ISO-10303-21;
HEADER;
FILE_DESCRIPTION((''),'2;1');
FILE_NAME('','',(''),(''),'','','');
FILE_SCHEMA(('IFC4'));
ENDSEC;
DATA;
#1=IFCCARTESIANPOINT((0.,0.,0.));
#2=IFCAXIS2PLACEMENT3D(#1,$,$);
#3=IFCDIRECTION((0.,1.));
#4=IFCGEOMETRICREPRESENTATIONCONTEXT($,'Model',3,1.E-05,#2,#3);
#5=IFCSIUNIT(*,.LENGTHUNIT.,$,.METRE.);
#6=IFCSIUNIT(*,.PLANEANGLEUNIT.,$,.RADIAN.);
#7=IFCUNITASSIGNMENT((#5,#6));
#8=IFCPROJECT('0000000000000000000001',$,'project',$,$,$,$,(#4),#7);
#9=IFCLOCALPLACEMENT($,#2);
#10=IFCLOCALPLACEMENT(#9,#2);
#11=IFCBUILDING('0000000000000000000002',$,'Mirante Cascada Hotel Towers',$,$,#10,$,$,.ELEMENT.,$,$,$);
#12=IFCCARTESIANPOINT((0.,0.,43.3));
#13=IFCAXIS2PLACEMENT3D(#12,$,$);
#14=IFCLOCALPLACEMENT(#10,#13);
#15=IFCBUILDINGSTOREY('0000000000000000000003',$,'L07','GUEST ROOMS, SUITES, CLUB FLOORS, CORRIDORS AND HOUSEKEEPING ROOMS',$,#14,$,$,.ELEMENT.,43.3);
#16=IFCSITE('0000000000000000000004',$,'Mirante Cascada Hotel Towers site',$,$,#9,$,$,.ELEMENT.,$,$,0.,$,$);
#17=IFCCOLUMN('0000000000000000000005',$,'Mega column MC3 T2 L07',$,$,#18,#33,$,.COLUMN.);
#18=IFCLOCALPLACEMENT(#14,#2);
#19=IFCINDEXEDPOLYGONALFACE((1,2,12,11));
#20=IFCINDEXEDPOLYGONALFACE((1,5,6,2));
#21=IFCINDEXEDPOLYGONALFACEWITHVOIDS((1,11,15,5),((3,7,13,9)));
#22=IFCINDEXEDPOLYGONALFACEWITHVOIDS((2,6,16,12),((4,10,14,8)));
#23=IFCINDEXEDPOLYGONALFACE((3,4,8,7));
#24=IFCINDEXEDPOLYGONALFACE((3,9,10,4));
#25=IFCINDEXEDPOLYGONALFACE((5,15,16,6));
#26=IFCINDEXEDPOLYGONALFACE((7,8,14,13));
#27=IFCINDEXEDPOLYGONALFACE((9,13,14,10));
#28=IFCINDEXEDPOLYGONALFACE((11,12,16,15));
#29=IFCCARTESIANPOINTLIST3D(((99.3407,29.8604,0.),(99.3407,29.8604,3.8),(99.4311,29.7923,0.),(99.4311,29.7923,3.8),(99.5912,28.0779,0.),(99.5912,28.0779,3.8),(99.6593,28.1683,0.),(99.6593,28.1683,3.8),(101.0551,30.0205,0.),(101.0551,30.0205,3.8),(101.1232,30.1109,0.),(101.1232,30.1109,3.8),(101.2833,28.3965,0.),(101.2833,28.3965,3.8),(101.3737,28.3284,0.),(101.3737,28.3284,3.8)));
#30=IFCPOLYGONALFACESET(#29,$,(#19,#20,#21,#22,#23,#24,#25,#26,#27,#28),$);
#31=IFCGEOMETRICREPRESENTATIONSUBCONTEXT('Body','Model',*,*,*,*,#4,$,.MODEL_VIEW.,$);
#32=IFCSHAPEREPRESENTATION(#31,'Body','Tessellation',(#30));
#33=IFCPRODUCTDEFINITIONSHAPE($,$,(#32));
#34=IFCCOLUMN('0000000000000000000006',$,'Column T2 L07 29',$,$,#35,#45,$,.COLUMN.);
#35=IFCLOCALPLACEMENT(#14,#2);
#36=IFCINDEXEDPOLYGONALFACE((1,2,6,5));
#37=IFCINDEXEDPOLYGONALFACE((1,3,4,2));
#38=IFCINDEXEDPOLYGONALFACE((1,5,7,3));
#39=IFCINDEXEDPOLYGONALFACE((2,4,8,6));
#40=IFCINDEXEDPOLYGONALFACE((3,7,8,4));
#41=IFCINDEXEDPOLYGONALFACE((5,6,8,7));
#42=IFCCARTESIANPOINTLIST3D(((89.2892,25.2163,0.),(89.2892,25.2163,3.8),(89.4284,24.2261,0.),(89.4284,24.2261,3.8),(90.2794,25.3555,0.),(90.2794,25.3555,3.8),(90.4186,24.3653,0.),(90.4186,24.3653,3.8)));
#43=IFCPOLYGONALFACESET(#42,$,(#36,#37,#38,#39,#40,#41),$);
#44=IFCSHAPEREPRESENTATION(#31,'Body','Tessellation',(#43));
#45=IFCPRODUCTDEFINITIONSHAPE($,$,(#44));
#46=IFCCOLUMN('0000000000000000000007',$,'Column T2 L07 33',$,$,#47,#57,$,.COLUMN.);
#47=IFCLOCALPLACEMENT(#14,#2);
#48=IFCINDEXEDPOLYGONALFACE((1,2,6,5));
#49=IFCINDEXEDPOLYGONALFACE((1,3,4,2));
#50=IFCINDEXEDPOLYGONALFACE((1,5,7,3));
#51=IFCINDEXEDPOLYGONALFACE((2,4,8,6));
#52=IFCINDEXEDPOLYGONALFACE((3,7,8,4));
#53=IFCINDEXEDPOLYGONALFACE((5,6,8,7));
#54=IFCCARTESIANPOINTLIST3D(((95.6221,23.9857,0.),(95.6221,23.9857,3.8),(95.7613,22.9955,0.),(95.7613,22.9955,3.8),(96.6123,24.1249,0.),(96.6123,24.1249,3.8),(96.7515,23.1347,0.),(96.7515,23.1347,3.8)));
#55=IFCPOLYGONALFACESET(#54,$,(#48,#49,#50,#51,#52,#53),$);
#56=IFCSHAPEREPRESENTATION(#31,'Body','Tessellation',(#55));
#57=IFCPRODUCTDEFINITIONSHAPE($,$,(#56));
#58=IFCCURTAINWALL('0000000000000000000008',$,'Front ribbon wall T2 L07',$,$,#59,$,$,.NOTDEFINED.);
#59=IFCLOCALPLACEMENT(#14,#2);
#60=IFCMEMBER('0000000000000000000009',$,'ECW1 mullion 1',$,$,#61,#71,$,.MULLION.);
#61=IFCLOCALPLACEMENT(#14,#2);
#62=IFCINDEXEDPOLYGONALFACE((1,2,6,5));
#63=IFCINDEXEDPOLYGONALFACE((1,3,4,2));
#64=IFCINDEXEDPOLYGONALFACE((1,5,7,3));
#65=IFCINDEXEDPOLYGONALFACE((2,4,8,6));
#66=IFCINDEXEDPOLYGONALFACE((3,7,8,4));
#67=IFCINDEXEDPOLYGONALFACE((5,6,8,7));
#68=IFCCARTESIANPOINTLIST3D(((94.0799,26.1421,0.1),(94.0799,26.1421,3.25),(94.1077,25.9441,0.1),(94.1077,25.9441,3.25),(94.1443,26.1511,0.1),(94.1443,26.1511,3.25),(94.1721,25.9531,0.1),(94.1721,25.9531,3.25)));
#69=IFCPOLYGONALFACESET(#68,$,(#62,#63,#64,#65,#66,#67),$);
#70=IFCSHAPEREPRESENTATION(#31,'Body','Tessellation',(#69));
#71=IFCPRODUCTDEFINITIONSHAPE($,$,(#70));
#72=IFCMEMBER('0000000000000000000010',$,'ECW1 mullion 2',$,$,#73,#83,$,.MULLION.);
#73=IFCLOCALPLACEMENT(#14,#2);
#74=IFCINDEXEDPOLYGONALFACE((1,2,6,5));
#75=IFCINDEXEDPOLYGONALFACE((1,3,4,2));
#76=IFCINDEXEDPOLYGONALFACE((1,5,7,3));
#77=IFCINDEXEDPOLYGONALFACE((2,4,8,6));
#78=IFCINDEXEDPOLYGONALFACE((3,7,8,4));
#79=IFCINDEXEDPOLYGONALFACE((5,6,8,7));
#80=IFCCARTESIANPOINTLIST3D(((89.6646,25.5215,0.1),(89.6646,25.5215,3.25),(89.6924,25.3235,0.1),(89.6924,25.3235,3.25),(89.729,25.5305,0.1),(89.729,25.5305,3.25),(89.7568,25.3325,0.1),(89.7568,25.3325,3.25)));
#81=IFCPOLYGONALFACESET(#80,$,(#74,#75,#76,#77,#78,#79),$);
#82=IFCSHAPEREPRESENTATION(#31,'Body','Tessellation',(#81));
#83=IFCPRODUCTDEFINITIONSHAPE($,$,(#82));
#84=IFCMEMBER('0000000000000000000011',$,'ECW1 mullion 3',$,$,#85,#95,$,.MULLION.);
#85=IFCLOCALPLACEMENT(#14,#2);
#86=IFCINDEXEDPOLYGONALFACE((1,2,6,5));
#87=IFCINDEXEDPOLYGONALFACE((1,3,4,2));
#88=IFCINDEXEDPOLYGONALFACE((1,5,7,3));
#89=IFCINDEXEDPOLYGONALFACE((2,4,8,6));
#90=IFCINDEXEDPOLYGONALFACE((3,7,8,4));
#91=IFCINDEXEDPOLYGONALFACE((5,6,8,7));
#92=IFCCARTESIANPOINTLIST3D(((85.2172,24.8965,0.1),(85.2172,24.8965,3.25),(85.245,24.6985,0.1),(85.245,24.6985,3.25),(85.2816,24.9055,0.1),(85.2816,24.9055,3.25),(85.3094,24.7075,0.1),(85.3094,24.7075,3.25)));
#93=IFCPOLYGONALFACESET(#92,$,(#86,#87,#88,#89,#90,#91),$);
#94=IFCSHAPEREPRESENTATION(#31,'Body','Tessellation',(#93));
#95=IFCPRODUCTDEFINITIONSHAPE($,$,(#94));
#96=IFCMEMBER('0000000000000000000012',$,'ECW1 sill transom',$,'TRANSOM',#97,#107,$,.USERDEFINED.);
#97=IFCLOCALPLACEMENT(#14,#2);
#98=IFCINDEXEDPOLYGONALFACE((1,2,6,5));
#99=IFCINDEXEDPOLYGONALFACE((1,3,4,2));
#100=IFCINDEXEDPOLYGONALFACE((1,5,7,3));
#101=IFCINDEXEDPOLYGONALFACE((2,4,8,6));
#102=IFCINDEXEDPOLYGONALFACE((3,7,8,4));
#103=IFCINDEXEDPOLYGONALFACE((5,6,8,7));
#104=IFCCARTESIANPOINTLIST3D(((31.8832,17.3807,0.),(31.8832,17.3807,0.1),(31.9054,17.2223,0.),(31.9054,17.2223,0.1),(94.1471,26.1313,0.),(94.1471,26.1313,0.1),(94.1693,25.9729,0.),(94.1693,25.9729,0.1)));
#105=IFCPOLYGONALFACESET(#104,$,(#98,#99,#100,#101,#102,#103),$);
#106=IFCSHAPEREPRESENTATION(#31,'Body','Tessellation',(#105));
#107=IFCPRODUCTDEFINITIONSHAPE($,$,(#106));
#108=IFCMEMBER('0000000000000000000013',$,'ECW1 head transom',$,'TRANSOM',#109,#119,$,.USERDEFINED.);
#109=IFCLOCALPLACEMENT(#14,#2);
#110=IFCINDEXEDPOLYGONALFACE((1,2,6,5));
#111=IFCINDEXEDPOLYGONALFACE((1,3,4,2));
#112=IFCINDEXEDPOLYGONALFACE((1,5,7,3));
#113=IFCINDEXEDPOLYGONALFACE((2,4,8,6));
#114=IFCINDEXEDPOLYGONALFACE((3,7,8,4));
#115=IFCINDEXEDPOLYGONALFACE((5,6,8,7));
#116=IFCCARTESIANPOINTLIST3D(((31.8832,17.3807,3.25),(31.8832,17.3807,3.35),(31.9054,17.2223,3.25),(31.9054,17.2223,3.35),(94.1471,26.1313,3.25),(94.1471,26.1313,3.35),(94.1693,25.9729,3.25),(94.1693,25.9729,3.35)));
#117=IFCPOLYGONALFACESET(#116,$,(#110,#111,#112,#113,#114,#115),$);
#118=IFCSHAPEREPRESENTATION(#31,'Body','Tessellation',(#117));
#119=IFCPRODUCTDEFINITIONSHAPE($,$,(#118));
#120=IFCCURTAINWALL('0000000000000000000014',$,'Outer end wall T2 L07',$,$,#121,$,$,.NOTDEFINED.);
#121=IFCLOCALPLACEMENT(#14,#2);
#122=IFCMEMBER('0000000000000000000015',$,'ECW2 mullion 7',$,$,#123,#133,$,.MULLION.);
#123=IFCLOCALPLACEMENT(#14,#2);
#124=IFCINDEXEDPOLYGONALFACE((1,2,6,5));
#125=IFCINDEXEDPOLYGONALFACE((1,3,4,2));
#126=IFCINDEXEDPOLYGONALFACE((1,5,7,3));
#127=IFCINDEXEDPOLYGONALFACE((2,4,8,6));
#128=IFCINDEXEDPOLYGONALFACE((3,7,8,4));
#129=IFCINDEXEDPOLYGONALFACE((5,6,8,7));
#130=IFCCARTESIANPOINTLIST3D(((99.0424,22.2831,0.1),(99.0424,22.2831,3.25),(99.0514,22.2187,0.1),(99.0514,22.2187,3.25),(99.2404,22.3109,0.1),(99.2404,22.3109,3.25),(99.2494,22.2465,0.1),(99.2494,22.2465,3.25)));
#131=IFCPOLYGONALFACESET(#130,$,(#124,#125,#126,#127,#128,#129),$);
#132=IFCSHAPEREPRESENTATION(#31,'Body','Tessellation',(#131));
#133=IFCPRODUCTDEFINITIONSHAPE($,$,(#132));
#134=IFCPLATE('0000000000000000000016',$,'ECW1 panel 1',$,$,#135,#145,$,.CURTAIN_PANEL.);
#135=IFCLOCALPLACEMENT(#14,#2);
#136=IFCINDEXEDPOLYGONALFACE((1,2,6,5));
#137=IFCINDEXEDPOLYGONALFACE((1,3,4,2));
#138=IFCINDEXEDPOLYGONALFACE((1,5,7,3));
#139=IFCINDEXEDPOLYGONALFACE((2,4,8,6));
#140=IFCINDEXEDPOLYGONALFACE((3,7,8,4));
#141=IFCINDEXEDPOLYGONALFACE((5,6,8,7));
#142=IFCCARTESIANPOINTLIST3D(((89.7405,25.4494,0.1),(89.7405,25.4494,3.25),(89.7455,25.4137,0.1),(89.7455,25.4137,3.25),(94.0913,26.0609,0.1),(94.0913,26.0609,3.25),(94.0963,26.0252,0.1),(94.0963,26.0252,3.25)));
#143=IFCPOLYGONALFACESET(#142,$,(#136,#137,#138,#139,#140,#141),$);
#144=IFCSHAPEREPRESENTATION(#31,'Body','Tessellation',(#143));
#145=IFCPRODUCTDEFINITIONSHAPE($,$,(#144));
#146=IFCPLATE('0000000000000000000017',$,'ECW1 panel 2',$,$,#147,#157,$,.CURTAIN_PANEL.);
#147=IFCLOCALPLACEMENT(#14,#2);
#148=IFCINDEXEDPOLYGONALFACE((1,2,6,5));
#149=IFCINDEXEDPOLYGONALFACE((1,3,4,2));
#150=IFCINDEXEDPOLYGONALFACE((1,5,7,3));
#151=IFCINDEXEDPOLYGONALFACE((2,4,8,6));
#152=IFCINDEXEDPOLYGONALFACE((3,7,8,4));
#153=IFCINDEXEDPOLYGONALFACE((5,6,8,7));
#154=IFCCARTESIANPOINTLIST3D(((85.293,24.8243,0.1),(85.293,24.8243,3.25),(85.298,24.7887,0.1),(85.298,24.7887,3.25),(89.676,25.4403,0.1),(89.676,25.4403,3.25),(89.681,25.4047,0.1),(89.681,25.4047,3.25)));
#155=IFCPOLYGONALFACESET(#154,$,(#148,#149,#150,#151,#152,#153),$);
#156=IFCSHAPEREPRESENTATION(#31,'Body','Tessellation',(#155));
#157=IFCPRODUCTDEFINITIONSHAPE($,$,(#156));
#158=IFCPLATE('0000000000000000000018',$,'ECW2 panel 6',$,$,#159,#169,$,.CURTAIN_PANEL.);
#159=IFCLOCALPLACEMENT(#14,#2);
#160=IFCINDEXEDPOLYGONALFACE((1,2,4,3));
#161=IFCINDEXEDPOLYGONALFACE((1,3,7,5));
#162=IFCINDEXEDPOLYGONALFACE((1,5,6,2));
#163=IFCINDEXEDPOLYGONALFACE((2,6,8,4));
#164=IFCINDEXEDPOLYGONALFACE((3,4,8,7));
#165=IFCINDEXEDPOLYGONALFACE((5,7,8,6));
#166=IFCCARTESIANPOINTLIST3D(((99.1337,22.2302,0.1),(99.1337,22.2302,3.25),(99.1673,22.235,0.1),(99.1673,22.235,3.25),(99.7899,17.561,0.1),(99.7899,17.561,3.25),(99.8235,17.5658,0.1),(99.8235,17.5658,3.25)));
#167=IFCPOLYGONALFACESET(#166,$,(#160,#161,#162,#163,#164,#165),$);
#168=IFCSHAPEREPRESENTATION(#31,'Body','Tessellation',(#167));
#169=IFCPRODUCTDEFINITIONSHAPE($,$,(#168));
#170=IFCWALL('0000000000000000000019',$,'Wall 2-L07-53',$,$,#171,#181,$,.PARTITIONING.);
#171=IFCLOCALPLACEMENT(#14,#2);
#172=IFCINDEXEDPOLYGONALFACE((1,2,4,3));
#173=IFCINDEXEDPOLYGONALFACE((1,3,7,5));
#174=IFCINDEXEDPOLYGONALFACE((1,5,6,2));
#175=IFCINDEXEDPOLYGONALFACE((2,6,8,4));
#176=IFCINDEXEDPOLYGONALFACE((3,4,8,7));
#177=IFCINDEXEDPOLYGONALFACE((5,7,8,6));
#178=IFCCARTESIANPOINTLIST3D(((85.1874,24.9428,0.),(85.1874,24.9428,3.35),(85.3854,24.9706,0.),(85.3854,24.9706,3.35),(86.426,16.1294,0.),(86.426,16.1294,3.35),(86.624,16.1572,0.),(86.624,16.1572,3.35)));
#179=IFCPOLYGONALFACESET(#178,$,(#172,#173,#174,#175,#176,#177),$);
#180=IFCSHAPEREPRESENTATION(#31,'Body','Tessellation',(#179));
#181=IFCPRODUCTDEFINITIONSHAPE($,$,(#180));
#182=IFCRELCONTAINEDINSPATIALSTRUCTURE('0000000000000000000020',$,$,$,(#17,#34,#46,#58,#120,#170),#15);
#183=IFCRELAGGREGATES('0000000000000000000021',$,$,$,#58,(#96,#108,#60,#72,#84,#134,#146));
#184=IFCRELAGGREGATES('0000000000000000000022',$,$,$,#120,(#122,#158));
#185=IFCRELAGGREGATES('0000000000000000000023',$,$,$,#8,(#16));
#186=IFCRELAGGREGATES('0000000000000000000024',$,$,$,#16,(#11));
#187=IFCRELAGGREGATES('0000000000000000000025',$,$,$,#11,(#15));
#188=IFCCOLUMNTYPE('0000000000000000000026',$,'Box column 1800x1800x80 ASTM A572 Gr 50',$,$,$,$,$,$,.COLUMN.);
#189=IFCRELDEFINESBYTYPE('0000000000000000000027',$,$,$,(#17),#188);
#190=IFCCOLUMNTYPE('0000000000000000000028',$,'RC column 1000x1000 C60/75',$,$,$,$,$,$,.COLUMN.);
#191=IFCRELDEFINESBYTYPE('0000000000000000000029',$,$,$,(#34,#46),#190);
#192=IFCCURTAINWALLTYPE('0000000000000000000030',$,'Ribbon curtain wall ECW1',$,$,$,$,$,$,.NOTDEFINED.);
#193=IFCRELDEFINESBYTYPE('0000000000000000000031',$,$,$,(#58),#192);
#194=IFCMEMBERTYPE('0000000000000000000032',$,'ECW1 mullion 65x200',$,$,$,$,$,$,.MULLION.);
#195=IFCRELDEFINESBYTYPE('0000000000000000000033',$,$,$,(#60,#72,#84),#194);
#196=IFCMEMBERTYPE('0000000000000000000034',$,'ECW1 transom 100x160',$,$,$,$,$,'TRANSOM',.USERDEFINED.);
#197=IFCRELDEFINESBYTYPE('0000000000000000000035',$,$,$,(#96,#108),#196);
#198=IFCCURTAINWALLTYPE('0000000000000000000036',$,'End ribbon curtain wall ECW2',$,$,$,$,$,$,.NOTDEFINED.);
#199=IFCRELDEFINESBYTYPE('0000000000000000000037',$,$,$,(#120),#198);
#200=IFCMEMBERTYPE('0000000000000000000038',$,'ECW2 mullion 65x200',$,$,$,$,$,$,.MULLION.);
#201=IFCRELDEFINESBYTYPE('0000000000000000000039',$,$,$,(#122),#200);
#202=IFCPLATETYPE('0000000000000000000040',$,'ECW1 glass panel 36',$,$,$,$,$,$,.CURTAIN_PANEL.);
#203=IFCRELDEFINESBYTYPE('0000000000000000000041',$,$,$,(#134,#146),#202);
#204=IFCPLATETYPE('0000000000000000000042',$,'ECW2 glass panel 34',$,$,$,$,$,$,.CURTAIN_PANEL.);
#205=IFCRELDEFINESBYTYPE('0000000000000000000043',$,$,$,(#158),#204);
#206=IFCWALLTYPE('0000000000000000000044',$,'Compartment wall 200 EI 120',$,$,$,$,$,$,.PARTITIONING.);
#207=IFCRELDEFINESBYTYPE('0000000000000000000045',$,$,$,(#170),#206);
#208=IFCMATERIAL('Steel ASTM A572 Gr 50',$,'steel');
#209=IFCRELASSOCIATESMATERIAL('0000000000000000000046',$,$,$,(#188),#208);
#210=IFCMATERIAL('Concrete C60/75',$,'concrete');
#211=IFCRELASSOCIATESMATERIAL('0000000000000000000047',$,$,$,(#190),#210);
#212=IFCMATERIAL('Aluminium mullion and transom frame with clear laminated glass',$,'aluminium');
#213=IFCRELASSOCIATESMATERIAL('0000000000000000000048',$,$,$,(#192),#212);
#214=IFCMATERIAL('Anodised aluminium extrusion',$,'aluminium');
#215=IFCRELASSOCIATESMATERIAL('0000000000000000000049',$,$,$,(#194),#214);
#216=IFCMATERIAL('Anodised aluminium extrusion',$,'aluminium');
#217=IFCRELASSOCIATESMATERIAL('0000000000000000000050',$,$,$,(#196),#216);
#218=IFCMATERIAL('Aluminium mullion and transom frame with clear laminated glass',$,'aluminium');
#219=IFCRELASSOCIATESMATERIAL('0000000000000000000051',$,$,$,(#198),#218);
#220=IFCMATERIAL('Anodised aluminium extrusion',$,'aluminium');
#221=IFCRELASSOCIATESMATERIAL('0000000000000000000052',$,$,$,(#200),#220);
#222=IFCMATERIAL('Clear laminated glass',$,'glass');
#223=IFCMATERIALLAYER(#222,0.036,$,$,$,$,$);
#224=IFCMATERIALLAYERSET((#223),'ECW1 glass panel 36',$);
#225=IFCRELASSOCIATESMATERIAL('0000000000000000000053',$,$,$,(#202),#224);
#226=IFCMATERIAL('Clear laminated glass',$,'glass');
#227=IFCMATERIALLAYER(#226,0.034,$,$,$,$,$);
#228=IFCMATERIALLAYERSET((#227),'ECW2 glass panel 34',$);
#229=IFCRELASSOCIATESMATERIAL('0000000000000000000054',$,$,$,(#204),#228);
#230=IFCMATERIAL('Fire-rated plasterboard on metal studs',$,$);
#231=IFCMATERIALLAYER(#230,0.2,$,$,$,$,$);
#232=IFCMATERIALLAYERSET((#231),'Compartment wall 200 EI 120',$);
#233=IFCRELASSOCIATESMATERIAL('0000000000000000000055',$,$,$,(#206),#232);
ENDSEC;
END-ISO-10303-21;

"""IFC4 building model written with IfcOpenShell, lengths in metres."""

from ifc_helpers import new_model, si_unit, direction, frame, frame_2d, origin, origin_2d, place, context, subcontext, project, spatial, rectangle, hollow_rectangle, extrude, material, layer, layer_set, material_profile, profile_set, type_object, element, aggregate, save


model = new_model("IFC4")

# Units and contexts
model_context = context("Model", 3, precision=1e-05, world=origin(), true_north=direction((0.0, 1.0)))
body_context = subcontext(model_context, "Body", "Model", "MODEL_VIEW")
ifc_project = project(units=[si_unit("LENGTHUNIT", "METRE"), si_unit("PLANEANGLEUNIT", "RADIAN")], contexts=[model_context])

# Site, building, storey
site_placement = place(None, origin())
site = spatial("IfcSite", under=ifc_project, at=site_placement, Name="Mirante Cascada Hotel Towers site", CompositionType="ELEMENT", RefElevation=0.0)
building_placement = place(site_placement, origin())
building = spatial("IfcBuilding", under=site, at=building_placement, Name="Mirante Cascada Hotel Towers", CompositionType="ELEMENT")
storey_placement = place(building_placement, frame((0.0, 0.0, 43.3)))
storey = spatial("IfcBuildingStorey", under=building, at=storey_placement, Name="L07", Description="GUEST ROOMS, SUITES, CLUB FLOORS, CORRIDORS AND HOUSEKEEPING ROOMS", CompositionType="ELEMENT", Elevation=43.3)

# Columns
ifc_material_1 = material(Name="Steel ASTM A572 Gr 50", Category="steel")
ifc_material_profile_1 = material_profile(ifc_material_1, hollow_rectangle(XDim=1.8, YDim=1.8, WallThickness=0.08, at=origin_2d()), Name="Box column 1800x1800x80 ASTM A572 Gr 50")
ifc_profile_set_1 = profile_set([ifc_material_profile_1], Name="Steel ASTM A572 Gr 50")
column_type_1 = type_object("IfcColumnType", Name="Box column 1800x1800x80 ASTM A572 Gr 50", PredefinedType="COLUMN", material=ifc_profile_set_1)
column_placement = place(storey_placement, frame((100.3572, 29.0944, 0.0), z_axis=(0.0, 0.0, 1.0), x_axis=(0.990268, 0.139173, 0.0)))
element("IfcColumn", 1, at=column_placement, inside=storey, type_object=column_type_1, Name="Mega column MC3 T2 L07", PredefinedType="COLUMN", context=body_context, shape_type="SweptSolid", body=[
    extrude(hollow_rectangle(XDim=1.8, YDim=1.8, WallThickness=0.08, at=origin_2d()), origin(), (0.0, 0.0, 1.0), 3.8),
])
ifc_material_2 = material(Name="Concrete C60/75", Category="concrete")
ifc_material_profile_2 = material_profile(ifc_material_2, rectangle(XDim=1.0, YDim=1.0, at=origin_2d()), Name="RC column 1000x1000 C60/75")
ifc_profile_set_2 = profile_set([ifc_material_profile_2], Name="Concrete C60/75")
column_type_2 = type_object("IfcColumnType", Name="RC column 1000x1000 C60/75", PredefinedType="COLUMN", material=ifc_profile_set_2)
for number, where, z_axis, x_axis, name in (
    (2, (89.8539, 24.7908, 0.0), (0.0, 0.0, 1.0), (0.990268, 0.139173, 0.0), "Column T2 L07 29"),
    (3, (96.1868, 23.5602, 0.0), (0.0, 0.0, 1.0), (0.990268, 0.139173, 0.0), "Column T2 L07 33"),
):
    element("IfcColumn", number, at=place(storey_placement, frame(where, z_axis=z_axis, x_axis=x_axis)), inside=storey, type_object=column_type_2, Name=name, PredefinedType="COLUMN", context=body_context, shape_type="SweptSolid", body=[
        extrude(rectangle(XDim=1.0, YDim=1.0, at=origin_2d()), origin(), (0.0, 0.0, 1.0), 3.8),
    ])

# Curtain wall, members
ifc_material_3 = material(Name="Aluminium mullion and transom frame with clear laminated glass", Category="aluminium")
curtain_wall_type_1 = type_object("IfcCurtainWallType", Name="Ribbon curtain wall ECW1", PredefinedType="NOTDEFINED", material=ifc_material_3)
curtain_wall_1_placement = place(storey_placement, origin())
curtain_wall_1 = element("IfcCurtainWall", 4, at=curtain_wall_1_placement, inside=storey, type_object=curtain_wall_type_1, Name="Front ribbon wall T2 L07", PredefinedType="NOTDEFINED")
ifc_material_4 = material(Name="Anodised aluminium extrusion", Category="aluminium")
ifc_material_profile_3 = material_profile(ifc_material_4, rectangle(XDim=0.2, YDim=0.065, at=origin_2d()), Name="ECW1 MULLION 65x200")
ifc_profile_set_3 = profile_set([ifc_material_profile_3], Name="Anodised aluminium extrusion")
member_type_1 = type_object("IfcMemberType", Name="ECW1 mullion 65x200", PredefinedType="MULLION", material=ifc_profile_set_3)
member_1_placement = place(storey_placement, frame((94.126, 26.0476, 0.1), z_axis=(0.0, 0.0, 1.0), x_axis=(0.139173, -0.990268, 0.0)))
member_1 = element("IfcMember", 5, at=member_1_placement, type_object=member_type_1, Name="ECW1 mullion 1", PredefinedType="MULLION", context=body_context, shape_type="SweptSolid", body=[
    extrude(rectangle(XDim=0.2, YDim=0.065, at=origin_2d()), origin(), (0.0, 0.0, 1.0), 3.15),
])
member_2_placement = place(storey_placement, frame((89.7107, 25.427, 0.1), z_axis=(0.0, 0.0, 1.0), x_axis=(0.139173, -0.990268, 0.0)))
member_2 = element("IfcMember", 6, at=member_2_placement, type_object=member_type_1, Name="ECW1 mullion 2", PredefinedType="MULLION", context=body_context, shape_type="SweptSolid", body=[
    extrude(rectangle(XDim=0.2, YDim=0.065, at=origin_2d()), origin(), (0.0, 0.0, 1.0), 3.15),
])
member_3_placement = place(storey_placement, frame((85.2633, 24.802, 0.1), z_axis=(0.0, 0.0, 1.0), x_axis=(0.139173, -0.990268, 0.0)))
member_3 = element("IfcMember", 7, at=member_3_placement, type_object=member_type_1, Name="ECW1 mullion 3", PredefinedType="MULLION", context=body_context, shape_type="SweptSolid", body=[
    extrude(rectangle(XDim=0.2, YDim=0.065, at=origin_2d()), origin(), (0.0, 0.0, 1.0), 3.15),
])
ifc_material_5 = material(Name="Anodised aluminium extrusion", Category="aluminium")
ifc_material_profile_4 = material_profile(ifc_material_5, rectangle(XDim=0.16, YDim=0.1, at=origin_2d()), Name="ECW1 TRANSOM 100x160")
ifc_profile_set_4 = profile_set([ifc_material_profile_4], Name="Anodised aluminium extrusion")
member_type_2 = type_object("IfcMemberType", Name="ECW1 transom 100x160", ElementType="TRANSOM", PredefinedType="USERDEFINED", material=ifc_profile_set_4)
member_4_placement = place(storey_placement, frame((94.1582, 26.0521, 0.05), z_axis=(-0.990268, -0.139173, 0.0), x_axis=(0.139173, -0.990268, 0.0)))
member_4 = element("IfcMember", 8, at=member_4_placement, type_object=member_type_2, Name="ECW1 sill transom", ObjectType="TRANSOM", PredefinedType="USERDEFINED", context=body_context, shape_type="SweptSolid", body=[
    extrude(rectangle(XDim=0.16, YDim=0.1, at=origin_2d()), origin(), (0.0, 0.0, 1.0), 62.8758),
])
member_5_placement = place(storey_placement, frame((94.1582, 26.0521, 3.3), z_axis=(-0.990268, -0.139173, 0.0), x_axis=(0.139173, -0.990268, 0.0)))
member_5 = element("IfcMember", 9, at=member_5_placement, type_object=member_type_2, Name="ECW1 head transom", ObjectType="TRANSOM", PredefinedType="USERDEFINED", context=body_context, shape_type="SweptSolid", body=[
    extrude(rectangle(XDim=0.16, YDim=0.1, at=origin_2d()), origin(), (0.0, 0.0, 1.0), 62.8758),
])

# Curtain wall, member
ifc_material_6 = material(Name="Aluminium mullion and transom frame with clear laminated glass", Category="aluminium")
curtain_wall_type_2 = type_object("IfcCurtainWallType", Name="End ribbon curtain wall ECW2", PredefinedType="NOTDEFINED", material=ifc_material_6)
curtain_wall_2_placement = place(storey_placement, origin())
curtain_wall_2 = element("IfcCurtainWall", 10, at=curtain_wall_2_placement, inside=storey, type_object=curtain_wall_type_2, Name="Outer end wall T2 L07", PredefinedType="NOTDEFINED")
ifc_material_7 = material(Name="Anodised aluminium extrusion", Category="aluminium")
ifc_material_profile_5 = material_profile(ifc_material_7, rectangle(XDim=0.2, YDim=0.065, at=origin_2d()), Name="ECW2 MULLION 65x200")
ifc_profile_set_5 = profile_set([ifc_material_profile_5], Name="Anodised aluminium extrusion")
member_type_3 = type_object("IfcMemberType", Name="ECW2 mullion 65x200", PredefinedType="MULLION", material=ifc_profile_set_5)
member_6_placement = place(storey_placement, frame((99.1459, 22.2648, 0.1), z_axis=(0.0, 0.0, 1.0), x_axis=(-0.990268, -0.139173, 0.0)))
member_6 = element("IfcMember", 11, at=member_6_placement, type_object=member_type_3, Name="ECW2 mullion 7", PredefinedType="MULLION", context=body_context, shape_type="SweptSolid", body=[
    extrude(rectangle(XDim=0.2, YDim=0.065, at=origin_2d()), origin(), (0.0, 0.0, 1.0), 3.15),
])

# Plates
ifc_material_8 = material(Name="Clear laminated glass", Category="glass")
ifc_layer_1 = layer(ifc_material_8, 0.036)
ifc_layer_set_1 = layer_set([ifc_layer_1], Name="ECW1 glass panel 36")
plate_type_1 = type_object("IfcPlateType", Name="ECW1 glass panel 36", PredefinedType="CURTAIN_PANEL", material=ifc_layer_set_1)
plate_1_placement = place(storey_placement, frame((91.9184, 25.7373, 0.1), z_axis=(0.0, 0.0, 1.0), x_axis=(-0.990268, -0.139173, 0.0)))
plate_1 = element("IfcPlate", 12, at=plate_1_placement, type_object=plate_type_1, Name="ECW1 panel 1", PredefinedType="CURTAIN_PANEL", context=body_context, shape_type="SweptSolid", body=[
    extrude(rectangle(XDim=4.3936, YDim=0.036, at=origin_2d()), origin(), (0.0, 0.0, 1.0), 3.15),
])
plate_2_placement = place(storey_placement, frame((87.487, 25.1145, 0.1), z_axis=(0.0, 0.0, 1.0), x_axis=(-0.990268, -0.139173, 0.0)))
plate_2 = element("IfcPlate", 13, at=plate_2_placement, type_object=plate_type_1, Name="ECW1 panel 2", PredefinedType="CURTAIN_PANEL", context=body_context, shape_type="SweptSolid", body=[
    extrude(rectangle(XDim=4.4261, YDim=0.036, at=origin_2d()), origin(), (0.0, 0.0, 1.0), 3.15),
])
aggregate(curtain_wall_1, [member_4, member_5, member_1, member_2, member_3, plate_1, plate_2])
ifc_material_9 = material(Name="Clear laminated glass", Category="glass")
ifc_layer_2 = layer(ifc_material_9, 0.034)
ifc_layer_set_2 = layer_set([ifc_layer_2], Name="ECW2 glass panel 34")
plate_type_2 = type_object("IfcPlateType", Name="ECW2 glass panel 34", PredefinedType="CURTAIN_PANEL", material=ifc_layer_set_2)
plate_3_placement = place(storey_placement, frame((99.4786, 19.898, 0.1), z_axis=(0.0, 0.0, 1.0), x_axis=(-0.139173, 0.990268, 0.0)))
plate_3 = element("IfcPlate", 14, at=plate_3_placement, type_object=plate_type_2, Name="ECW2 panel 6", PredefinedType="CURTAIN_PANEL", context=body_context, shape_type="SweptSolid", body=[
    extrude(rectangle(XDim=4.7151, YDim=0.034, at=origin_2d()), origin(), (0.0, 0.0, 1.0), 3.15),
])
aggregate(curtain_wall_2, [member_6, plate_3])

# Wall
ifc_material_10 = material(Name="Fire-rated plasterboard on metal studs")
ifc_layer_3 = layer(ifc_material_10, 0.2)
ifc_layer_set_3 = layer_set([ifc_layer_3], Name="Compartment wall 200 EI 120")
wall_type_1 = type_object("IfcWallType", Name="Compartment wall 200 EI 120", PredefinedType="PARTITIONING", material=ifc_layer_set_3)
wall_1_placement = place(storey_placement, frame((85.2864, 24.9567, 0.0), z_axis=(0.0, 0.0, 1.0), x_axis=(0.139168, -0.990269, 0.0)))
element("IfcWall", 15, at=wall_1_placement, inside=storey, type_object=wall_type_1, Name="Wall 2-L07-53", PredefinedType="PARTITIONING", context=body_context, shape_type="SweptSolid", body=[
    extrude(rectangle(XDim=8.9, YDim=0.2, at=frame_2d((4.45, 0.0))), origin(), (0.0, 0.0, 1.0), 3.35),
])

save(model, "model.ifc")
